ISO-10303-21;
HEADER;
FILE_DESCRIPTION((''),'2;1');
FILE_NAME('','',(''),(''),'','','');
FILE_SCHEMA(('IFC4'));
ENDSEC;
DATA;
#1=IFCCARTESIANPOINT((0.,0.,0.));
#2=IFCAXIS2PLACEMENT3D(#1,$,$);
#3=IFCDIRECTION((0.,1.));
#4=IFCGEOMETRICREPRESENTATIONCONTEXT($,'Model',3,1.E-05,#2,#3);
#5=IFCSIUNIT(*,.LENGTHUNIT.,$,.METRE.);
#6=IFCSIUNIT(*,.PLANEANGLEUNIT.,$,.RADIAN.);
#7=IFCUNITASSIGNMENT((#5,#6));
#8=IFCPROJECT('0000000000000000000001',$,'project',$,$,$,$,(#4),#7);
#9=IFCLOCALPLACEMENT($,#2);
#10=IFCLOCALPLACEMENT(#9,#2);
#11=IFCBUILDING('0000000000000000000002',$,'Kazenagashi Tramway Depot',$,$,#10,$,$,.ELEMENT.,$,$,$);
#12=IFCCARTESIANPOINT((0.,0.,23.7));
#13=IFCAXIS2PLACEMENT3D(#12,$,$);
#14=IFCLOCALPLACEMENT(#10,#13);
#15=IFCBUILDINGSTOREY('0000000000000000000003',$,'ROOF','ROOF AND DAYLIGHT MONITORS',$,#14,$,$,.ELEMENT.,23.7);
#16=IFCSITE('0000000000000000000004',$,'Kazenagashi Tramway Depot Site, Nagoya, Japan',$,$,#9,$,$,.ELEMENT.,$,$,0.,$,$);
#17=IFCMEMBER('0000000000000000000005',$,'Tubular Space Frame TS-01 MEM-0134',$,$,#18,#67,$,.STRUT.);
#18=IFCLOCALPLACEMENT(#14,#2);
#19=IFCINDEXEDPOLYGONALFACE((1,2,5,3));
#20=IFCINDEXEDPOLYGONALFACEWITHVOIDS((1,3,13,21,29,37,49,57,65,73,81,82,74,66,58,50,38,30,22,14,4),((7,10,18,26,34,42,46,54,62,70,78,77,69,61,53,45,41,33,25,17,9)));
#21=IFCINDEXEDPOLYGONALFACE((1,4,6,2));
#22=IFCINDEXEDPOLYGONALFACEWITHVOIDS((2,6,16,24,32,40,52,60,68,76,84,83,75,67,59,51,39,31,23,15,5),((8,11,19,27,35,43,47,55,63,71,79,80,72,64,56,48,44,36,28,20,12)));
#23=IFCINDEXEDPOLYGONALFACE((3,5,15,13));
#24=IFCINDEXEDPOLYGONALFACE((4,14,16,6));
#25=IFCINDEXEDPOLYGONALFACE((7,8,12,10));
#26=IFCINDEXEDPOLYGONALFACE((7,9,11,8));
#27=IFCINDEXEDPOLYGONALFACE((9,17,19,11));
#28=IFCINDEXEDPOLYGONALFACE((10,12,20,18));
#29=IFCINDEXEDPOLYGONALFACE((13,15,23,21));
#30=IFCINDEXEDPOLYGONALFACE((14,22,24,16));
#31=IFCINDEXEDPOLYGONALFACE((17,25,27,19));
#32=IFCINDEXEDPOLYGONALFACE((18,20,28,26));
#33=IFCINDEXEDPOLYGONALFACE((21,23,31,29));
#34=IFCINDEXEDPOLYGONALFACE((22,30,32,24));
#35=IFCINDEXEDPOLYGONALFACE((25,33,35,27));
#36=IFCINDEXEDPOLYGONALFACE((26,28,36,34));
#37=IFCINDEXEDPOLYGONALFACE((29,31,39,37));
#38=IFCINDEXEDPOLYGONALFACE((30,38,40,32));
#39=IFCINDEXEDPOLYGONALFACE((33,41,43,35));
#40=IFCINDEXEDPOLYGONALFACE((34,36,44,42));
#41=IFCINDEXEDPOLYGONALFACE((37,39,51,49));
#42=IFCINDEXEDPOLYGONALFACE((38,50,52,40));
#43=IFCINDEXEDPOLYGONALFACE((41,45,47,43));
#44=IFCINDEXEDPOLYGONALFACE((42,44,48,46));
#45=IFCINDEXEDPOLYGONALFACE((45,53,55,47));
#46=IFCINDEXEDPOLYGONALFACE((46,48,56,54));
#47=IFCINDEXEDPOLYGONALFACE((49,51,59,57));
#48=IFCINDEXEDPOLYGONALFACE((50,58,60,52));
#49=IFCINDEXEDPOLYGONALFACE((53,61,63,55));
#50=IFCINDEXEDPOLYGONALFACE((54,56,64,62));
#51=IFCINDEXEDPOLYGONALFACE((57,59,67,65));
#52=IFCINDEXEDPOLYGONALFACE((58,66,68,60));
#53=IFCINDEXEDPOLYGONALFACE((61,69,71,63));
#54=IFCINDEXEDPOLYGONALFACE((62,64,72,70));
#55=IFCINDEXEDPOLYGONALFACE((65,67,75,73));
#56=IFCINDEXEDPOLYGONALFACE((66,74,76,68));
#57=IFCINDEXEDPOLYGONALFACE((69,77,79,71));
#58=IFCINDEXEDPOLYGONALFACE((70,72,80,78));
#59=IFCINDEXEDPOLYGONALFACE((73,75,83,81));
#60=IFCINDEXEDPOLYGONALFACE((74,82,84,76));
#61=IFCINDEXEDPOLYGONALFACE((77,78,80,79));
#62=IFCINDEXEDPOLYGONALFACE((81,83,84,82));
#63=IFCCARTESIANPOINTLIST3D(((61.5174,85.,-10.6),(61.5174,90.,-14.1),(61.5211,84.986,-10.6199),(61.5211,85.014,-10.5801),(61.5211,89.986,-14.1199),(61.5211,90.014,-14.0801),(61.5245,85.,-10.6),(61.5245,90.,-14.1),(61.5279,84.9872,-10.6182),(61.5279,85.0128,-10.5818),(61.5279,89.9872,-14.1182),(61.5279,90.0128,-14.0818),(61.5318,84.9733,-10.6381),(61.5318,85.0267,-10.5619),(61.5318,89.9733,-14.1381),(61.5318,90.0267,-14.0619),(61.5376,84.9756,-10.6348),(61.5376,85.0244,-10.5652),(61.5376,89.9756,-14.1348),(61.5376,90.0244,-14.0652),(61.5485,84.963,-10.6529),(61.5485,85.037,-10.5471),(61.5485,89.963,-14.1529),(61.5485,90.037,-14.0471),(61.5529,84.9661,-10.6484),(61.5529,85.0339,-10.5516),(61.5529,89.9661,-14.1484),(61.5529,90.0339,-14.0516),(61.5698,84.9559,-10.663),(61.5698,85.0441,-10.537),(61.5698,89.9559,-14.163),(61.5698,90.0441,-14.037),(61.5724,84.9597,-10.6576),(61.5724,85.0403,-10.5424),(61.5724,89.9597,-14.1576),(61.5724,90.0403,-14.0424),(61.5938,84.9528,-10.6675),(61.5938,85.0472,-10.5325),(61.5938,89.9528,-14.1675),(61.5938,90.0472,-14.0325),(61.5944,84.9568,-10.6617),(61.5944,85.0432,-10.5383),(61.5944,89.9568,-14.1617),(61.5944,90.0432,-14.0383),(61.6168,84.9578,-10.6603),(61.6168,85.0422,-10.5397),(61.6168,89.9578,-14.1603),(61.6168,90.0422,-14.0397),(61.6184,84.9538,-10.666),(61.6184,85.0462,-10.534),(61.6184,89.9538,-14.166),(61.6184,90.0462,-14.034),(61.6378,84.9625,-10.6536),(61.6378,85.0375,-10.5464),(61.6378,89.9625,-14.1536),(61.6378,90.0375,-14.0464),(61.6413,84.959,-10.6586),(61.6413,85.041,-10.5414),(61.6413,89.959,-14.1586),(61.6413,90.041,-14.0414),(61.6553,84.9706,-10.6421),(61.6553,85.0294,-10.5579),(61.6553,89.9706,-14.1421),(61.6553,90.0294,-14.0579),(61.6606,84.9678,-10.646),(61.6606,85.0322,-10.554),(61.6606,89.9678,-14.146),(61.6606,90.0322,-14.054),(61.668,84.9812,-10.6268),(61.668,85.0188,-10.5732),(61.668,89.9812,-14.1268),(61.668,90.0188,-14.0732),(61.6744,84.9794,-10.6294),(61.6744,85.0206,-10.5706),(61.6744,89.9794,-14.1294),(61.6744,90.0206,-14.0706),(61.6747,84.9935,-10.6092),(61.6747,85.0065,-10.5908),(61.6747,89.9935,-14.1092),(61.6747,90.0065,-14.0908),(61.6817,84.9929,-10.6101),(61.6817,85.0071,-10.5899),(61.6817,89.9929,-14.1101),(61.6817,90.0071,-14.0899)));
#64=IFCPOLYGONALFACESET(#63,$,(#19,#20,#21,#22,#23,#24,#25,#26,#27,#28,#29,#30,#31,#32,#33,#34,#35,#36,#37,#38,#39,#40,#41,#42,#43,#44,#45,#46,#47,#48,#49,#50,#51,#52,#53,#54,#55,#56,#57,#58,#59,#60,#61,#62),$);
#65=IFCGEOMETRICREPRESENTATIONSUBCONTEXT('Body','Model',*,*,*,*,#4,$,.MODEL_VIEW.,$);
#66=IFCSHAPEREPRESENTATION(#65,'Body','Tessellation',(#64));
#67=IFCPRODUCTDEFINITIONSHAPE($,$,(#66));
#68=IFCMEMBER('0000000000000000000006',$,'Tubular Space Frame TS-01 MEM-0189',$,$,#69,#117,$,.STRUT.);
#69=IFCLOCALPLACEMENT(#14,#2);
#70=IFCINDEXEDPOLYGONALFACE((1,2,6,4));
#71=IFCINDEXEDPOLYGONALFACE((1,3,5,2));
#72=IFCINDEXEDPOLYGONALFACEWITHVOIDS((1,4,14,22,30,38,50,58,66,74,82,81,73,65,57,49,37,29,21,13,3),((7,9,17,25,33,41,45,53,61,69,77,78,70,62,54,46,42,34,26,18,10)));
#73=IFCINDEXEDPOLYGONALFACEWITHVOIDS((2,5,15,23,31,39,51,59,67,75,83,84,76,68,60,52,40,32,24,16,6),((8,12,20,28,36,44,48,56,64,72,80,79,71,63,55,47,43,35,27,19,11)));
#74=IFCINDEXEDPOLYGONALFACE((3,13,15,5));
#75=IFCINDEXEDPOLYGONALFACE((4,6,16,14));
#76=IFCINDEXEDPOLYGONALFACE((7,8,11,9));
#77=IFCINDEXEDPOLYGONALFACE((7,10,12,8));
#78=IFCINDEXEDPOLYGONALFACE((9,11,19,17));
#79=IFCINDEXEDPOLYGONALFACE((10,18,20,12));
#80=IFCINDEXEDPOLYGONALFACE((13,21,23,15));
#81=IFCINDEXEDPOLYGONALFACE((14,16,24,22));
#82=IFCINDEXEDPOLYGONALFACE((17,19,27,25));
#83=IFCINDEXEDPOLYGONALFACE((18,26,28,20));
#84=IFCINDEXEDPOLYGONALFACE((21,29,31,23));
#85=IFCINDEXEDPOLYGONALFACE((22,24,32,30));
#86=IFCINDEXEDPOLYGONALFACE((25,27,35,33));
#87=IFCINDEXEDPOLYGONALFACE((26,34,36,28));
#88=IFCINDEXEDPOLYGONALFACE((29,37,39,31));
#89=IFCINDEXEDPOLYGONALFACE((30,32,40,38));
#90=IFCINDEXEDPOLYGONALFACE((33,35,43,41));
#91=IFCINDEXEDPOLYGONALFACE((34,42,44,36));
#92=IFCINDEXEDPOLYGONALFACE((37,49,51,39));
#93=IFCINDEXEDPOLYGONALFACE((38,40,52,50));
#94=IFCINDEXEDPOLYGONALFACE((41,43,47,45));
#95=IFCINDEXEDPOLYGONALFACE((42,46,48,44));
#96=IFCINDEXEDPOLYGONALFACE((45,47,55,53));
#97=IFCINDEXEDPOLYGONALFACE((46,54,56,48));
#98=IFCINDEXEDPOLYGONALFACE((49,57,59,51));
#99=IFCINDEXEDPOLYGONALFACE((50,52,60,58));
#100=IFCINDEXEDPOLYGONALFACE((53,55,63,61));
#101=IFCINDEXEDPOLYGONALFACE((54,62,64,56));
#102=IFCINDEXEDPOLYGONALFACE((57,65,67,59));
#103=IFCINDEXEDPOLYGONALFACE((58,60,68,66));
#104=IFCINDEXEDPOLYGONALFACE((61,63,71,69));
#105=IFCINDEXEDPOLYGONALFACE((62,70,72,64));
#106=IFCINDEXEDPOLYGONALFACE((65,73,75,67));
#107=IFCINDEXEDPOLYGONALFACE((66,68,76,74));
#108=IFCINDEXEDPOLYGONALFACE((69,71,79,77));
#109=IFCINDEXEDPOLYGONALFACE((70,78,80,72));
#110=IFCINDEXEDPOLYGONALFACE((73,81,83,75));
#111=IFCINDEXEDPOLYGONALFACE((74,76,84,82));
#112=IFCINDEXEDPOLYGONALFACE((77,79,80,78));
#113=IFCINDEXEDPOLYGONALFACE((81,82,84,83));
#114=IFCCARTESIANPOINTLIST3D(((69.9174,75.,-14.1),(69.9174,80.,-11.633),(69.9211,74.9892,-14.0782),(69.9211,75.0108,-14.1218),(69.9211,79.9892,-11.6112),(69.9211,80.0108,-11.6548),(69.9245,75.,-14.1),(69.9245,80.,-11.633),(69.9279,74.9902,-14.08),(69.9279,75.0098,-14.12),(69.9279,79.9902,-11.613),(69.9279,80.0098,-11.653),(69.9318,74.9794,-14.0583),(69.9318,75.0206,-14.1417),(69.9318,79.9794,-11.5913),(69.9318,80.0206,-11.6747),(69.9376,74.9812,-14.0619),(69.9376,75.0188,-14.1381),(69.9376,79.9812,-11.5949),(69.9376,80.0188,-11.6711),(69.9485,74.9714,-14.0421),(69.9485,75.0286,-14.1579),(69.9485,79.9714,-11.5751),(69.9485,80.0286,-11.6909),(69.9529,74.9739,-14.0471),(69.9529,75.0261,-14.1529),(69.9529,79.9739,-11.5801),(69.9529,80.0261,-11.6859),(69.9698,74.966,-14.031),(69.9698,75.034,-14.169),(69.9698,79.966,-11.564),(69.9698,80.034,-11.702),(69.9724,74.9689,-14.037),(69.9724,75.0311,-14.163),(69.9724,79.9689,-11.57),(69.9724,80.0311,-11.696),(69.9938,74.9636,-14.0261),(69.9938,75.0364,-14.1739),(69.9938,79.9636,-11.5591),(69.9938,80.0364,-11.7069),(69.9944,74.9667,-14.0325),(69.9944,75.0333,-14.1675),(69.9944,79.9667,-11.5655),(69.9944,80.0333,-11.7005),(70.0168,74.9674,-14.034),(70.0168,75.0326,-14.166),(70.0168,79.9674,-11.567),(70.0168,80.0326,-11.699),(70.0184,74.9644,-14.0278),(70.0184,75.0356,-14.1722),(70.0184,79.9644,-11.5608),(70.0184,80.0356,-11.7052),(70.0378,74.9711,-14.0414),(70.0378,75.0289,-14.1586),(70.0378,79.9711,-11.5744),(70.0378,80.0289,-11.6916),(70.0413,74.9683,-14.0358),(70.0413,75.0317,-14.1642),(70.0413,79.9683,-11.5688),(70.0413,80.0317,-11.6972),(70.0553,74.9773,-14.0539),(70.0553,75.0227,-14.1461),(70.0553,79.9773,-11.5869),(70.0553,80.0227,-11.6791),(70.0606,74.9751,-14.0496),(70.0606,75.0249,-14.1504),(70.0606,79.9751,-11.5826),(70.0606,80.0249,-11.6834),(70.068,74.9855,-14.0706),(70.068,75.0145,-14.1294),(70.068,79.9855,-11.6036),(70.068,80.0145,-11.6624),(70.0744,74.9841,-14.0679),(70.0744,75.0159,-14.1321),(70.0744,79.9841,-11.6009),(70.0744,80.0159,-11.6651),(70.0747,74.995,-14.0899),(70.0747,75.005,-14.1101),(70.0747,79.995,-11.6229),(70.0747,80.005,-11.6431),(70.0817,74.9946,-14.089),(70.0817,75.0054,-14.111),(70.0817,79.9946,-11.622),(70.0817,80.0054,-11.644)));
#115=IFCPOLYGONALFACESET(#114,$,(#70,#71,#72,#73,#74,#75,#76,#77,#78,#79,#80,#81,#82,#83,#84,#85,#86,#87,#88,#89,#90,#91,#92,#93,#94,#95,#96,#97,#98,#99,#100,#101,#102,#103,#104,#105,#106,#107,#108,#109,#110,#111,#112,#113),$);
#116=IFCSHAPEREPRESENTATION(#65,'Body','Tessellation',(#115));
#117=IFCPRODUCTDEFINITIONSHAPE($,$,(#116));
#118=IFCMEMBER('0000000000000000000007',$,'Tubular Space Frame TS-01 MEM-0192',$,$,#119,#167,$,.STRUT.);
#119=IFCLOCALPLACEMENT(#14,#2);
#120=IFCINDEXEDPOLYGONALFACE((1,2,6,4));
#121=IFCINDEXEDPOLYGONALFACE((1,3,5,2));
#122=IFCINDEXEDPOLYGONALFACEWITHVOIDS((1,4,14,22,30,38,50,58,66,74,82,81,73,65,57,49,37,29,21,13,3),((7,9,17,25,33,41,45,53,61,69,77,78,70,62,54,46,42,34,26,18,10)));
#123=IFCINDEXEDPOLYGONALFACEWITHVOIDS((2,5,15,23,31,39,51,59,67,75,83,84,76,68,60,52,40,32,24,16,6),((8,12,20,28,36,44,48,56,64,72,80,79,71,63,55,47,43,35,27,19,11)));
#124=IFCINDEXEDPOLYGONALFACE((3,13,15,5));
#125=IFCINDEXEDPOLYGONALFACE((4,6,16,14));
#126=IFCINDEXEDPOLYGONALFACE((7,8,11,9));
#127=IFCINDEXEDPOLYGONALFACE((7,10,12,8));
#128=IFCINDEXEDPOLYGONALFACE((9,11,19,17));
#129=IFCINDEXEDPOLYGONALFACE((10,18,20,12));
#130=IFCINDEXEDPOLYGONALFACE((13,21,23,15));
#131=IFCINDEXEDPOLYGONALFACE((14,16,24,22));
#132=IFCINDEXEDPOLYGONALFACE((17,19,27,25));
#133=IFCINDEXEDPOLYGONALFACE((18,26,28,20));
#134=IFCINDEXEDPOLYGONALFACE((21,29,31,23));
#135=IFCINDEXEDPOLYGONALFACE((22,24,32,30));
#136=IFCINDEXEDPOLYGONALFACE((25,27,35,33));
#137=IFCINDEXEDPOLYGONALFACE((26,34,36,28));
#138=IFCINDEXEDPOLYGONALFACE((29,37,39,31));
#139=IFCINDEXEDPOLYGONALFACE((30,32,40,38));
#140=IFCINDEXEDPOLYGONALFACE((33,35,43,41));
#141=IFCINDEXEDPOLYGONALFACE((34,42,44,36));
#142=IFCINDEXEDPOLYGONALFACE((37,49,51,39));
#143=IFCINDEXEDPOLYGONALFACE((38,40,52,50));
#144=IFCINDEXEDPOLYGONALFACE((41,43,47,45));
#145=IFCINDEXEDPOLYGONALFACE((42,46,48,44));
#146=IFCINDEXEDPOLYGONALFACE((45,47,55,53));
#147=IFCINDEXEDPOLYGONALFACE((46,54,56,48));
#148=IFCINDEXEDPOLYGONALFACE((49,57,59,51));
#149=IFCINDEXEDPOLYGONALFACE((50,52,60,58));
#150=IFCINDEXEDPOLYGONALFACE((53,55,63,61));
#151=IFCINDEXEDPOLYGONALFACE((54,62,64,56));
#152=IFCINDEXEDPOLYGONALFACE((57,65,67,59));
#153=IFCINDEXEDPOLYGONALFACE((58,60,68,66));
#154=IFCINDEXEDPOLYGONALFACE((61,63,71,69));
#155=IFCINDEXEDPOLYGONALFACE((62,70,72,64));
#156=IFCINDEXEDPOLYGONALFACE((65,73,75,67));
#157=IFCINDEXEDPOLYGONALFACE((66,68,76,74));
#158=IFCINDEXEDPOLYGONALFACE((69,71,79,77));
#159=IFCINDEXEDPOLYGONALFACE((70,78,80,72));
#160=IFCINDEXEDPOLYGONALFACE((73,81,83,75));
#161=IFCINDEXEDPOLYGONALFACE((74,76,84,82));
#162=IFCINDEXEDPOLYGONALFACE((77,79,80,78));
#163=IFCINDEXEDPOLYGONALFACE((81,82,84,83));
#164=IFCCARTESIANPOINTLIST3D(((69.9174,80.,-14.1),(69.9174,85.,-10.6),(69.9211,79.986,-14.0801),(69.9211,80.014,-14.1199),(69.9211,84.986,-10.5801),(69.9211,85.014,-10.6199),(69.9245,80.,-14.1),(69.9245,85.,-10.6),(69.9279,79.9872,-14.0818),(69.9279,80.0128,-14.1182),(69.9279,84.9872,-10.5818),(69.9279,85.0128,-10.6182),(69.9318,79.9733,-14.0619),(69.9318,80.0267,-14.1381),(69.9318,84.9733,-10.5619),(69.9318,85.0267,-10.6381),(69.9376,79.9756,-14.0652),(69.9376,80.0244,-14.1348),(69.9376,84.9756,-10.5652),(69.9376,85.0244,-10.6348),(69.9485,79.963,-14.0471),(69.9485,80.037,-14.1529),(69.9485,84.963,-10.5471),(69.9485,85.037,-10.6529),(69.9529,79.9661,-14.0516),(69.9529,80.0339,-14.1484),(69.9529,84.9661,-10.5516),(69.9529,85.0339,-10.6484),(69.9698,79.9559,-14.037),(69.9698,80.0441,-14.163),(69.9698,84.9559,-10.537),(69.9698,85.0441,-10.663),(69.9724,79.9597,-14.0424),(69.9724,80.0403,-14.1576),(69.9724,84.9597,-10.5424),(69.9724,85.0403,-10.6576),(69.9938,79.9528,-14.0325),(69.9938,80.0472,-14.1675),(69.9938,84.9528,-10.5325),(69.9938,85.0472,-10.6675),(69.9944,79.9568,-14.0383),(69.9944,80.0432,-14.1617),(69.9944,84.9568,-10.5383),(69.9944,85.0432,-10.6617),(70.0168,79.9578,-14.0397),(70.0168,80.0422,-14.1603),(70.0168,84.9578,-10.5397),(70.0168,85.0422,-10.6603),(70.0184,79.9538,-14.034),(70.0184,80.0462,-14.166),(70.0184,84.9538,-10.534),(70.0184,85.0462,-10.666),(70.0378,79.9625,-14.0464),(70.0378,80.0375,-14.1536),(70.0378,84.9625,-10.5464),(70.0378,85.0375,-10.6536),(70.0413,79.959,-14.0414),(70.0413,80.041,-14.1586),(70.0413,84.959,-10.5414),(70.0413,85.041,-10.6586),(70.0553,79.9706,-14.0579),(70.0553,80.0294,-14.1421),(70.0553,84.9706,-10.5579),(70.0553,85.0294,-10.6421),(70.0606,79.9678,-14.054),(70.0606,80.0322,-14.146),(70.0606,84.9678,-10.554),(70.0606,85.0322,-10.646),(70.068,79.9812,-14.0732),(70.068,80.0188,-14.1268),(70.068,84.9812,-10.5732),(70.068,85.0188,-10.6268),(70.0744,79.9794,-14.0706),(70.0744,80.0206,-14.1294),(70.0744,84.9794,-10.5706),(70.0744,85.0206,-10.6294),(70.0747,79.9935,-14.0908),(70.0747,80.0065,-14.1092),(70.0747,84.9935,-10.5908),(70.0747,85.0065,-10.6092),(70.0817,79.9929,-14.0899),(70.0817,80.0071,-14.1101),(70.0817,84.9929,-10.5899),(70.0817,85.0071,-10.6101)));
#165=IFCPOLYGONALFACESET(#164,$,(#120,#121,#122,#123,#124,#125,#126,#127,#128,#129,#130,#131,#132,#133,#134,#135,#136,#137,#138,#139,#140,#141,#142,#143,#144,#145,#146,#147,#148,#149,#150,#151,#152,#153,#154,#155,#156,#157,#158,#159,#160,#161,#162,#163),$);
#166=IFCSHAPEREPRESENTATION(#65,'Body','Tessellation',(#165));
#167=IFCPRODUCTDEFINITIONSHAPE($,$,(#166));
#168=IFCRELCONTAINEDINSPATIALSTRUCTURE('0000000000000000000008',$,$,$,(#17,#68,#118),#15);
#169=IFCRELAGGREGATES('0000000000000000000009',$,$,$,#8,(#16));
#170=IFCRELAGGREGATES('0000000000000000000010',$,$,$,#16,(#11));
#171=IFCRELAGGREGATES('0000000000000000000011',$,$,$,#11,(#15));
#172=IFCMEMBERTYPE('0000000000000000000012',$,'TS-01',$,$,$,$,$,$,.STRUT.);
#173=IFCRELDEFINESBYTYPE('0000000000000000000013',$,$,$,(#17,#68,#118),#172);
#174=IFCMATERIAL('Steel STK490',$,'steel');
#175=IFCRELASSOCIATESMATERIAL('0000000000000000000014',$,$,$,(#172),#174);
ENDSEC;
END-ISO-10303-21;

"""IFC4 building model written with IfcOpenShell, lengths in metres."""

from ifc_helpers import new_model, si_unit, direction, frame, origin, origin_2d, place, context, subcontext, project, spatial, hollow_circle, extrude, material, material_profile, profile_set, type_object, element, save


model = new_model("IFC4")

# Units and contexts
model_context = context("Model", 3, precision=1e-05, world=origin(), true_north=direction((0.0, 1.0)))
body_context = subcontext(model_context, "Body", "Model", "MODEL_VIEW")
ifc_project = project(units=[si_unit("LENGTHUNIT", "METRE"), si_unit("PLANEANGLEUNIT", "RADIAN")], contexts=[model_context])

# Site, building, storey
site_placement = place(None, origin())
site = spatial("IfcSite", under=ifc_project, at=site_placement, Name="Kazenagashi Tramway Depot Site, Nagoya, Japan", CompositionType="ELEMENT", RefElevation=0.0)
building_placement = place(site_placement, origin())
building = spatial("IfcBuilding", under=site, at=building_placement, Name="Kazenagashi Tramway Depot", CompositionType="ELEMENT")
storey_placement = place(building_placement, frame((0.0, 0.0, 23.7)))
storey = spatial("IfcBuildingStorey", under=building, at=storey_placement, Name="ROOF", Description="ROOF AND DAYLIGHT MONITORS", CompositionType="ELEMENT", Elevation=23.7)

# Members
ifc_material_1 = material(Name="Steel STK490", Category="steel")
ifc_material_profile_1 = material_profile(ifc_material_1, hollow_circle(Radius=0.0826, WallThickness=0.0071, at=origin_2d()), Name="CHS-165.2x7.1")
ifc_profile_set_1 = profile_set([ifc_material_profile_1], Name="Steel STK490")
member_type_1 = type_object("IfcMemberType", Name="TS-01", PredefinedType="STRUT", material=ifc_profile_set_1)
for number, where, z_axis, x_axis, name in (
    (1, (61.6, 85.0, -10.6), (0.0, 0.819232, -0.573462), (-1.0, 0.0, 0.0), "Tubular Space Frame TS-01 MEM-0134"),
):
    element("IfcMember", number, at=place(storey_placement, frame(where, z_axis=z_axis, x_axis=x_axis)), inside=storey, type_object=member_type_1, Name=name, PredefinedType="STRUT", context=body_context, shape_type="SweptSolid", body=[
        extrude(hollow_circle(Radius=0.0826, WallThickness=0.0071, at=origin_2d()), origin(), (0.0, 0.0, 1.0), 6.1033),
    ])
member_1_placement = place(storey_placement, frame((70.0, 75.0, -14.1), z_axis=(0.0, 0.896782, 0.442472), x_axis=(-1.0, 0.0, 0.0)))
element("IfcMember", 2, at=member_1_placement, inside=storey, type_object=member_type_1, Name="Tubular Space Frame TS-01 MEM-0189", PredefinedType="STRUT", context=body_context, shape_type="SweptSolid", body=[
    extrude(hollow_circle(Radius=0.0826, WallThickness=0.0071, at=origin_2d()), origin(), (0.0, 0.0, 1.0), 5.5755),
])
for number, where, z_axis, x_axis, name in (
    (3, (70.0, 80.0, -14.1), (0.0, 0.819232, 0.573462), (-1.0, 0.0, 0.0), "Tubular Space Frame TS-01 MEM-0192"),
):
    element("IfcMember", number, at=place(storey_placement, frame(where, z_axis=z_axis, x_axis=x_axis)), inside=storey, type_object=member_type_1, Name=name, PredefinedType="STRUT", context=body_context, shape_type="SweptSolid", body=[
        extrude(hollow_circle(Radius=0.0826, WallThickness=0.0071, at=origin_2d()), origin(), (0.0, 0.0, 1.0), 6.1033),
    ])

save(model, "model.ifc")
